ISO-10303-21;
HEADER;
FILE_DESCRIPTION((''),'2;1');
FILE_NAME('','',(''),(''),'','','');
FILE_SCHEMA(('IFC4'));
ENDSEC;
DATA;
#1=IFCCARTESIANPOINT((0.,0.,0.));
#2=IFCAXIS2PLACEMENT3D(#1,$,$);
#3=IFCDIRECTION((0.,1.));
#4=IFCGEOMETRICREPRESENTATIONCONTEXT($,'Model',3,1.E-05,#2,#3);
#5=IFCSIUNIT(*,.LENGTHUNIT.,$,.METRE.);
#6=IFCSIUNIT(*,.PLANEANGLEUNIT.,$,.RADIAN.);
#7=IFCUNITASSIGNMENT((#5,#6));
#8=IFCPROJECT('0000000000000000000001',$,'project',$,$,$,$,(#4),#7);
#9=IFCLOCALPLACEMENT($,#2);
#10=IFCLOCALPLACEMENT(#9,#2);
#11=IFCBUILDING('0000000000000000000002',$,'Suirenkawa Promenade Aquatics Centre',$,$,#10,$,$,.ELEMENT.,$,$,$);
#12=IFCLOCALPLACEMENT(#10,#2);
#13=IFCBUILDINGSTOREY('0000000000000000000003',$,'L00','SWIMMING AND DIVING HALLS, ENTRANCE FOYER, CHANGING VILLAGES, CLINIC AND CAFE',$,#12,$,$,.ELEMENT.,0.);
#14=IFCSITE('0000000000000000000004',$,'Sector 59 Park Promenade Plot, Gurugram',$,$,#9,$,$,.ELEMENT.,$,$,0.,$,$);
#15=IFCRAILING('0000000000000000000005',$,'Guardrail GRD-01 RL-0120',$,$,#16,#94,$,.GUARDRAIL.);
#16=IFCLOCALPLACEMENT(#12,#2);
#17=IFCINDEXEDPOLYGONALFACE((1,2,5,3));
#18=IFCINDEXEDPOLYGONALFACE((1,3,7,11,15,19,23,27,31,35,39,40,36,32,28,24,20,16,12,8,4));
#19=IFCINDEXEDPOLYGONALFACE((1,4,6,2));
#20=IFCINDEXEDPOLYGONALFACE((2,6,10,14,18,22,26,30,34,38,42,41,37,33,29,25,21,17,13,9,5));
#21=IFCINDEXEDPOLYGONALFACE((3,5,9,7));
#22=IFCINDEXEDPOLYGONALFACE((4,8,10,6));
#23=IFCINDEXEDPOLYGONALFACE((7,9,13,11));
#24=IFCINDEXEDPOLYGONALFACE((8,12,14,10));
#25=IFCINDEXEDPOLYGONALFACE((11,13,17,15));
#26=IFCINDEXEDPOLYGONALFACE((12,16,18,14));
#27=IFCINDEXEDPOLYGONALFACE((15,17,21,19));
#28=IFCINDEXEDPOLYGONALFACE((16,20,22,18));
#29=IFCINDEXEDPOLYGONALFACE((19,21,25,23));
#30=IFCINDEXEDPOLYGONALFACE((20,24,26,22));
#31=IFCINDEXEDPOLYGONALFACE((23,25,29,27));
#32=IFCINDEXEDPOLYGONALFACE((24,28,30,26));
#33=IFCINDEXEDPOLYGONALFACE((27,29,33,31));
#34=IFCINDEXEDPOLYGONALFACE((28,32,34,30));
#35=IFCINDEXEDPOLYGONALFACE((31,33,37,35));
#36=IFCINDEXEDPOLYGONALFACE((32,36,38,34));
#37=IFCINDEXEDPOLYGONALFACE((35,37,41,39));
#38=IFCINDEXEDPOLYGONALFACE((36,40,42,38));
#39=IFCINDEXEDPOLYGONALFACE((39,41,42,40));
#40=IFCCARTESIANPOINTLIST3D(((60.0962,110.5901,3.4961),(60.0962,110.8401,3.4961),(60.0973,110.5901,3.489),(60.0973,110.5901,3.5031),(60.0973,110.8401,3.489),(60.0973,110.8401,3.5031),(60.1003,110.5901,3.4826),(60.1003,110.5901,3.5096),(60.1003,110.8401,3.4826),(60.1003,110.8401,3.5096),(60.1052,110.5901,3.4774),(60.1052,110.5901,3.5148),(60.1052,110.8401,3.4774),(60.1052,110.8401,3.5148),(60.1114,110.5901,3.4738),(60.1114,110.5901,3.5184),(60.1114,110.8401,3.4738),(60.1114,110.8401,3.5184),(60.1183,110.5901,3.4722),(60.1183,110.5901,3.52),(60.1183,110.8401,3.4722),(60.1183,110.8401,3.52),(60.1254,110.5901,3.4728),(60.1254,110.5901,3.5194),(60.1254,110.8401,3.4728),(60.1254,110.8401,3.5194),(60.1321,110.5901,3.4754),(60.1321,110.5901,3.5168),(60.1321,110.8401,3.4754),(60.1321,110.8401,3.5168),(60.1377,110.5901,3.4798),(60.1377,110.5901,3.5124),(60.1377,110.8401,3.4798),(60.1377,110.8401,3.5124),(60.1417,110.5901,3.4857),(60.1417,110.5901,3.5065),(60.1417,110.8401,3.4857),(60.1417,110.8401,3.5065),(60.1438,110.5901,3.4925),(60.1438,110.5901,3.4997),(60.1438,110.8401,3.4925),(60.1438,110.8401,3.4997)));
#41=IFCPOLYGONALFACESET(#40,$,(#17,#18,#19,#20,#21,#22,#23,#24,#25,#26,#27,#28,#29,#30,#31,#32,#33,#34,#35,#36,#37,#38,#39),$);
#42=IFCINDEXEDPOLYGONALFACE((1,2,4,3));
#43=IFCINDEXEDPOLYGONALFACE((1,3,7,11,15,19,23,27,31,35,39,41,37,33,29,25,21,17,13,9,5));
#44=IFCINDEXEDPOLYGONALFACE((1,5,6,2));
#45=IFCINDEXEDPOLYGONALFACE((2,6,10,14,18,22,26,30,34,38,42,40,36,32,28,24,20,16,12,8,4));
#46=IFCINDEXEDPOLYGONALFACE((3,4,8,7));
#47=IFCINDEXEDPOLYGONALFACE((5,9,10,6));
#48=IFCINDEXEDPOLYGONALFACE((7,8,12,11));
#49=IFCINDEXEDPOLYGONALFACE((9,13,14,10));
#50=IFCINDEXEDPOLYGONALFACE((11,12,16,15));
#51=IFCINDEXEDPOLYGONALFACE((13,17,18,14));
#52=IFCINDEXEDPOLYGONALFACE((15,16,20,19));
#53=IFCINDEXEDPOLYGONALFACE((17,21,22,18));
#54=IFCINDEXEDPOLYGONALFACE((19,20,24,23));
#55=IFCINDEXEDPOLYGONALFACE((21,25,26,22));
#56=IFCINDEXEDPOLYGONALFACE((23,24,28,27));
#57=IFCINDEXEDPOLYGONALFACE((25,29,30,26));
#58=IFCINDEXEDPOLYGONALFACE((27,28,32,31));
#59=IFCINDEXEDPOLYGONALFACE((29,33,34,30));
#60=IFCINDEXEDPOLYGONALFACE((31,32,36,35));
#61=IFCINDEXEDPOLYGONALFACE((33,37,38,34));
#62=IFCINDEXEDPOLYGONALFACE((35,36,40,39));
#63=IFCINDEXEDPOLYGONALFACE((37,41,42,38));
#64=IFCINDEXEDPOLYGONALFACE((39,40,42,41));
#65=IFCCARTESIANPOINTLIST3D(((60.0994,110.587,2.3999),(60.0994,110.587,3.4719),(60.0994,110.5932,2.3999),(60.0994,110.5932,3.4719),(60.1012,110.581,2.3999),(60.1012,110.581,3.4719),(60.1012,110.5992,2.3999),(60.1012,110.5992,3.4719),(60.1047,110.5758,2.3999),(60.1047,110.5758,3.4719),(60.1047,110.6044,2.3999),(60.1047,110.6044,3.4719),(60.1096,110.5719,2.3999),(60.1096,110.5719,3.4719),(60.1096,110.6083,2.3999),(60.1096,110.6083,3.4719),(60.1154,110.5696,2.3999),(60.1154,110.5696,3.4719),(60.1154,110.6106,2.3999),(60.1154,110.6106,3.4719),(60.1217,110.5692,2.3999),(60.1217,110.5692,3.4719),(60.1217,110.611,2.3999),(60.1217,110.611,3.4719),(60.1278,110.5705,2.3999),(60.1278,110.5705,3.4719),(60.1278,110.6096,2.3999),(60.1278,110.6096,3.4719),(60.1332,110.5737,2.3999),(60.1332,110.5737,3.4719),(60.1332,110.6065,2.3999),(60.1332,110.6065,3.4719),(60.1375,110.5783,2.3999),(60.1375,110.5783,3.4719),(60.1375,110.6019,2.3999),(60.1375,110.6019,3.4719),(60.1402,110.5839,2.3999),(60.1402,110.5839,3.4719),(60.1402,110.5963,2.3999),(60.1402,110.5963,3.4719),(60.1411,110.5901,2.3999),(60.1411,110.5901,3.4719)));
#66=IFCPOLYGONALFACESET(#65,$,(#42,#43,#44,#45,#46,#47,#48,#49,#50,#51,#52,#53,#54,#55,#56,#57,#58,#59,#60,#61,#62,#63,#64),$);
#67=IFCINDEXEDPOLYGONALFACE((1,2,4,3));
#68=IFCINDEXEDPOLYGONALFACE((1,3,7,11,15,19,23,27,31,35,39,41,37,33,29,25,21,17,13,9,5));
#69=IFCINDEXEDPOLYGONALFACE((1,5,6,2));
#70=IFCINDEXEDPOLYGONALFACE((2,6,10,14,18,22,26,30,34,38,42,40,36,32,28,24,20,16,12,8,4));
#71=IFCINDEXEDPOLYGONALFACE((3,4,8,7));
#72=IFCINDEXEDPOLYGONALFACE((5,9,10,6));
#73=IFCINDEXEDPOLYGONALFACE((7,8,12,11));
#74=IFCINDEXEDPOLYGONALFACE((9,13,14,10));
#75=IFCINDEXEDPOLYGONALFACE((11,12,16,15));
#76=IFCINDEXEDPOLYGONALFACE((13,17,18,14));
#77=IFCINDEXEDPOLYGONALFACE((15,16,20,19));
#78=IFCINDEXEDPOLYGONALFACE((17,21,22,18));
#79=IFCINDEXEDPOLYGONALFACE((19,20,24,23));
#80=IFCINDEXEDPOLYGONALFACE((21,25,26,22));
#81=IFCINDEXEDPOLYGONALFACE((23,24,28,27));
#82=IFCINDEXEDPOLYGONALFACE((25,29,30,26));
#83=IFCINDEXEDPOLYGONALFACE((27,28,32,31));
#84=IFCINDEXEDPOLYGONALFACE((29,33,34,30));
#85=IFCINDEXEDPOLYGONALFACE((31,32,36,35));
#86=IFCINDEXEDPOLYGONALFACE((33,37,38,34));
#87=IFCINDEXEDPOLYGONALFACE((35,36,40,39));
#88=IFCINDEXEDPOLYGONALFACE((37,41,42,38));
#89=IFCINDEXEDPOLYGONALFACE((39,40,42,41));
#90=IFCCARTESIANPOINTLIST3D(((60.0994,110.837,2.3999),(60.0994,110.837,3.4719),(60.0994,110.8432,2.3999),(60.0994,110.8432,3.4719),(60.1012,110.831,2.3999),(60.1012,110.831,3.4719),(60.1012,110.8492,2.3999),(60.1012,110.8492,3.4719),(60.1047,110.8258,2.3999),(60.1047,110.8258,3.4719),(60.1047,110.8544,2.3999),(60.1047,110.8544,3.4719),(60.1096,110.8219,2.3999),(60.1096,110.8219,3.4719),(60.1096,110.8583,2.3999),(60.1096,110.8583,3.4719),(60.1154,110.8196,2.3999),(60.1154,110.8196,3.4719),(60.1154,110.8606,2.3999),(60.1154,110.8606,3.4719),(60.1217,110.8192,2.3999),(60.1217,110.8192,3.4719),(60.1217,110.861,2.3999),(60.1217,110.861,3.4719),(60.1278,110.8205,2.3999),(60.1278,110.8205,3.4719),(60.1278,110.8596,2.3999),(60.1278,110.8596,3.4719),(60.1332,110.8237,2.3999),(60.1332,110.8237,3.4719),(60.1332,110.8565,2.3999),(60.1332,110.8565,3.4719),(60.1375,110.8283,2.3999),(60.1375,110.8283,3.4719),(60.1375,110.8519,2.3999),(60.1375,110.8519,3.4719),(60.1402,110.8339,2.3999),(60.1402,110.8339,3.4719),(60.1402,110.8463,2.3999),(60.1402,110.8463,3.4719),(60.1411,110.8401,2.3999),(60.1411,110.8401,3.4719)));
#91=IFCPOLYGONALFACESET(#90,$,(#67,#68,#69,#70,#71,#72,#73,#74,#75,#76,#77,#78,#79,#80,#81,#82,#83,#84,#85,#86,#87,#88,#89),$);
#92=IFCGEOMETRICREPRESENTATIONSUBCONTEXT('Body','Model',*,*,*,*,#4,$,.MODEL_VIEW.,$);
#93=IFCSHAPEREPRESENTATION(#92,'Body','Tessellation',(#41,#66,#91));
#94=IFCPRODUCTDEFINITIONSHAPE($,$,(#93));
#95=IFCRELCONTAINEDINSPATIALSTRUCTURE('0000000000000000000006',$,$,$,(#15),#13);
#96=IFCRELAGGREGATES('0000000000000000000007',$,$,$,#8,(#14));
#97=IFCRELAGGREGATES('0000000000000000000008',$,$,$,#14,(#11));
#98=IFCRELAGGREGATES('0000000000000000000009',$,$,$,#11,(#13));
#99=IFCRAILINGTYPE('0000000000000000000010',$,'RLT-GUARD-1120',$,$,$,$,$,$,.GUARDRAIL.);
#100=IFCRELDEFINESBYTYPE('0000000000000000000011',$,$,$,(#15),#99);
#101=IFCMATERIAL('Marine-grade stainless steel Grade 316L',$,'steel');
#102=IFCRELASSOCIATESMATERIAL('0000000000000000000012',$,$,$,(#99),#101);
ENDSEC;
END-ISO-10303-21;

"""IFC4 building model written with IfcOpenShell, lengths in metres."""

from ifc_helpers import new_model, si_unit, direction, frame, origin, origin_2d, place, context, subcontext, project, spatial, circle, extrude, material, type_object, element, save


model = new_model("IFC4")

# Units and contexts
model_context = context("Model", 3, precision=1e-05, world=origin(), true_north=direction((0.0, 1.0)))
body_context = subcontext(model_context, "Body", "Model", "MODEL_VIEW")
ifc_project = project(units=[si_unit("LENGTHUNIT", "METRE"), si_unit("PLANEANGLEUNIT", "RADIAN")], contexts=[model_context])

# Site, building, storey
site_placement = place(None, origin())
site = spatial("IfcSite", under=ifc_project, at=site_placement, Name="Sector 59 Park Promenade Plot, Gurugram", CompositionType="ELEMENT", RefElevation=0.0)
building_placement = place(site_placement, origin())
building = spatial("IfcBuilding", under=site, at=building_placement, Name="Suirenkawa Promenade Aquatics Centre", CompositionType="ELEMENT")
storey_placement = place(building_placement, origin())
storey = spatial("IfcBuildingStorey", under=building, at=storey_placement, Name="L00", Description="SWIMMING AND DIVING HALLS, ENTRANCE FOYER, CHANGING VILLAGES, CLINIC AND CAFE", CompositionType="ELEMENT", Elevation=0.0)

# Shared definitions
ifc_material_1 = material(Name="Marine-grade stainless steel Grade 316L", Category="steel")

# Railing
railing_type_1 = type_object("IfcRailingType", Name="RLT-GUARD-1120", PredefinedType="GUARDRAIL", material=ifc_material_1)
railing_1_placement = place(storey_placement, frame((60.1201, 110.5901, 2.3999)))
element("IfcRailing", 1, at=railing_1_placement, inside=storey, type_object=railing_type_1, Name="Guardrail GRD-01 RL-0120", PredefinedType="GUARDRAIL", context=body_context, shape_type="SweptSolid", body=[
    extrude(circle(Radius=0.0239, at=origin_2d()), frame((0.0, 0.0, 1.0962), z_axis=(0.0, 1.0, 0.0), x_axis=(-1.0, 0.0, 0.0)), (0.0, 0.0, 1.0), 0.25),
    extrude(circle(Radius=0.021, at=origin_2d()), origin(), (0.0, 0.0, 1.0), 1.072),
    extrude(circle(Radius=0.021, at=origin_2d()), frame((0.0, 0.25, 0.0)), (0.0, 0.0, 1.0), 1.072),
])

save(model, "model.ifc")
